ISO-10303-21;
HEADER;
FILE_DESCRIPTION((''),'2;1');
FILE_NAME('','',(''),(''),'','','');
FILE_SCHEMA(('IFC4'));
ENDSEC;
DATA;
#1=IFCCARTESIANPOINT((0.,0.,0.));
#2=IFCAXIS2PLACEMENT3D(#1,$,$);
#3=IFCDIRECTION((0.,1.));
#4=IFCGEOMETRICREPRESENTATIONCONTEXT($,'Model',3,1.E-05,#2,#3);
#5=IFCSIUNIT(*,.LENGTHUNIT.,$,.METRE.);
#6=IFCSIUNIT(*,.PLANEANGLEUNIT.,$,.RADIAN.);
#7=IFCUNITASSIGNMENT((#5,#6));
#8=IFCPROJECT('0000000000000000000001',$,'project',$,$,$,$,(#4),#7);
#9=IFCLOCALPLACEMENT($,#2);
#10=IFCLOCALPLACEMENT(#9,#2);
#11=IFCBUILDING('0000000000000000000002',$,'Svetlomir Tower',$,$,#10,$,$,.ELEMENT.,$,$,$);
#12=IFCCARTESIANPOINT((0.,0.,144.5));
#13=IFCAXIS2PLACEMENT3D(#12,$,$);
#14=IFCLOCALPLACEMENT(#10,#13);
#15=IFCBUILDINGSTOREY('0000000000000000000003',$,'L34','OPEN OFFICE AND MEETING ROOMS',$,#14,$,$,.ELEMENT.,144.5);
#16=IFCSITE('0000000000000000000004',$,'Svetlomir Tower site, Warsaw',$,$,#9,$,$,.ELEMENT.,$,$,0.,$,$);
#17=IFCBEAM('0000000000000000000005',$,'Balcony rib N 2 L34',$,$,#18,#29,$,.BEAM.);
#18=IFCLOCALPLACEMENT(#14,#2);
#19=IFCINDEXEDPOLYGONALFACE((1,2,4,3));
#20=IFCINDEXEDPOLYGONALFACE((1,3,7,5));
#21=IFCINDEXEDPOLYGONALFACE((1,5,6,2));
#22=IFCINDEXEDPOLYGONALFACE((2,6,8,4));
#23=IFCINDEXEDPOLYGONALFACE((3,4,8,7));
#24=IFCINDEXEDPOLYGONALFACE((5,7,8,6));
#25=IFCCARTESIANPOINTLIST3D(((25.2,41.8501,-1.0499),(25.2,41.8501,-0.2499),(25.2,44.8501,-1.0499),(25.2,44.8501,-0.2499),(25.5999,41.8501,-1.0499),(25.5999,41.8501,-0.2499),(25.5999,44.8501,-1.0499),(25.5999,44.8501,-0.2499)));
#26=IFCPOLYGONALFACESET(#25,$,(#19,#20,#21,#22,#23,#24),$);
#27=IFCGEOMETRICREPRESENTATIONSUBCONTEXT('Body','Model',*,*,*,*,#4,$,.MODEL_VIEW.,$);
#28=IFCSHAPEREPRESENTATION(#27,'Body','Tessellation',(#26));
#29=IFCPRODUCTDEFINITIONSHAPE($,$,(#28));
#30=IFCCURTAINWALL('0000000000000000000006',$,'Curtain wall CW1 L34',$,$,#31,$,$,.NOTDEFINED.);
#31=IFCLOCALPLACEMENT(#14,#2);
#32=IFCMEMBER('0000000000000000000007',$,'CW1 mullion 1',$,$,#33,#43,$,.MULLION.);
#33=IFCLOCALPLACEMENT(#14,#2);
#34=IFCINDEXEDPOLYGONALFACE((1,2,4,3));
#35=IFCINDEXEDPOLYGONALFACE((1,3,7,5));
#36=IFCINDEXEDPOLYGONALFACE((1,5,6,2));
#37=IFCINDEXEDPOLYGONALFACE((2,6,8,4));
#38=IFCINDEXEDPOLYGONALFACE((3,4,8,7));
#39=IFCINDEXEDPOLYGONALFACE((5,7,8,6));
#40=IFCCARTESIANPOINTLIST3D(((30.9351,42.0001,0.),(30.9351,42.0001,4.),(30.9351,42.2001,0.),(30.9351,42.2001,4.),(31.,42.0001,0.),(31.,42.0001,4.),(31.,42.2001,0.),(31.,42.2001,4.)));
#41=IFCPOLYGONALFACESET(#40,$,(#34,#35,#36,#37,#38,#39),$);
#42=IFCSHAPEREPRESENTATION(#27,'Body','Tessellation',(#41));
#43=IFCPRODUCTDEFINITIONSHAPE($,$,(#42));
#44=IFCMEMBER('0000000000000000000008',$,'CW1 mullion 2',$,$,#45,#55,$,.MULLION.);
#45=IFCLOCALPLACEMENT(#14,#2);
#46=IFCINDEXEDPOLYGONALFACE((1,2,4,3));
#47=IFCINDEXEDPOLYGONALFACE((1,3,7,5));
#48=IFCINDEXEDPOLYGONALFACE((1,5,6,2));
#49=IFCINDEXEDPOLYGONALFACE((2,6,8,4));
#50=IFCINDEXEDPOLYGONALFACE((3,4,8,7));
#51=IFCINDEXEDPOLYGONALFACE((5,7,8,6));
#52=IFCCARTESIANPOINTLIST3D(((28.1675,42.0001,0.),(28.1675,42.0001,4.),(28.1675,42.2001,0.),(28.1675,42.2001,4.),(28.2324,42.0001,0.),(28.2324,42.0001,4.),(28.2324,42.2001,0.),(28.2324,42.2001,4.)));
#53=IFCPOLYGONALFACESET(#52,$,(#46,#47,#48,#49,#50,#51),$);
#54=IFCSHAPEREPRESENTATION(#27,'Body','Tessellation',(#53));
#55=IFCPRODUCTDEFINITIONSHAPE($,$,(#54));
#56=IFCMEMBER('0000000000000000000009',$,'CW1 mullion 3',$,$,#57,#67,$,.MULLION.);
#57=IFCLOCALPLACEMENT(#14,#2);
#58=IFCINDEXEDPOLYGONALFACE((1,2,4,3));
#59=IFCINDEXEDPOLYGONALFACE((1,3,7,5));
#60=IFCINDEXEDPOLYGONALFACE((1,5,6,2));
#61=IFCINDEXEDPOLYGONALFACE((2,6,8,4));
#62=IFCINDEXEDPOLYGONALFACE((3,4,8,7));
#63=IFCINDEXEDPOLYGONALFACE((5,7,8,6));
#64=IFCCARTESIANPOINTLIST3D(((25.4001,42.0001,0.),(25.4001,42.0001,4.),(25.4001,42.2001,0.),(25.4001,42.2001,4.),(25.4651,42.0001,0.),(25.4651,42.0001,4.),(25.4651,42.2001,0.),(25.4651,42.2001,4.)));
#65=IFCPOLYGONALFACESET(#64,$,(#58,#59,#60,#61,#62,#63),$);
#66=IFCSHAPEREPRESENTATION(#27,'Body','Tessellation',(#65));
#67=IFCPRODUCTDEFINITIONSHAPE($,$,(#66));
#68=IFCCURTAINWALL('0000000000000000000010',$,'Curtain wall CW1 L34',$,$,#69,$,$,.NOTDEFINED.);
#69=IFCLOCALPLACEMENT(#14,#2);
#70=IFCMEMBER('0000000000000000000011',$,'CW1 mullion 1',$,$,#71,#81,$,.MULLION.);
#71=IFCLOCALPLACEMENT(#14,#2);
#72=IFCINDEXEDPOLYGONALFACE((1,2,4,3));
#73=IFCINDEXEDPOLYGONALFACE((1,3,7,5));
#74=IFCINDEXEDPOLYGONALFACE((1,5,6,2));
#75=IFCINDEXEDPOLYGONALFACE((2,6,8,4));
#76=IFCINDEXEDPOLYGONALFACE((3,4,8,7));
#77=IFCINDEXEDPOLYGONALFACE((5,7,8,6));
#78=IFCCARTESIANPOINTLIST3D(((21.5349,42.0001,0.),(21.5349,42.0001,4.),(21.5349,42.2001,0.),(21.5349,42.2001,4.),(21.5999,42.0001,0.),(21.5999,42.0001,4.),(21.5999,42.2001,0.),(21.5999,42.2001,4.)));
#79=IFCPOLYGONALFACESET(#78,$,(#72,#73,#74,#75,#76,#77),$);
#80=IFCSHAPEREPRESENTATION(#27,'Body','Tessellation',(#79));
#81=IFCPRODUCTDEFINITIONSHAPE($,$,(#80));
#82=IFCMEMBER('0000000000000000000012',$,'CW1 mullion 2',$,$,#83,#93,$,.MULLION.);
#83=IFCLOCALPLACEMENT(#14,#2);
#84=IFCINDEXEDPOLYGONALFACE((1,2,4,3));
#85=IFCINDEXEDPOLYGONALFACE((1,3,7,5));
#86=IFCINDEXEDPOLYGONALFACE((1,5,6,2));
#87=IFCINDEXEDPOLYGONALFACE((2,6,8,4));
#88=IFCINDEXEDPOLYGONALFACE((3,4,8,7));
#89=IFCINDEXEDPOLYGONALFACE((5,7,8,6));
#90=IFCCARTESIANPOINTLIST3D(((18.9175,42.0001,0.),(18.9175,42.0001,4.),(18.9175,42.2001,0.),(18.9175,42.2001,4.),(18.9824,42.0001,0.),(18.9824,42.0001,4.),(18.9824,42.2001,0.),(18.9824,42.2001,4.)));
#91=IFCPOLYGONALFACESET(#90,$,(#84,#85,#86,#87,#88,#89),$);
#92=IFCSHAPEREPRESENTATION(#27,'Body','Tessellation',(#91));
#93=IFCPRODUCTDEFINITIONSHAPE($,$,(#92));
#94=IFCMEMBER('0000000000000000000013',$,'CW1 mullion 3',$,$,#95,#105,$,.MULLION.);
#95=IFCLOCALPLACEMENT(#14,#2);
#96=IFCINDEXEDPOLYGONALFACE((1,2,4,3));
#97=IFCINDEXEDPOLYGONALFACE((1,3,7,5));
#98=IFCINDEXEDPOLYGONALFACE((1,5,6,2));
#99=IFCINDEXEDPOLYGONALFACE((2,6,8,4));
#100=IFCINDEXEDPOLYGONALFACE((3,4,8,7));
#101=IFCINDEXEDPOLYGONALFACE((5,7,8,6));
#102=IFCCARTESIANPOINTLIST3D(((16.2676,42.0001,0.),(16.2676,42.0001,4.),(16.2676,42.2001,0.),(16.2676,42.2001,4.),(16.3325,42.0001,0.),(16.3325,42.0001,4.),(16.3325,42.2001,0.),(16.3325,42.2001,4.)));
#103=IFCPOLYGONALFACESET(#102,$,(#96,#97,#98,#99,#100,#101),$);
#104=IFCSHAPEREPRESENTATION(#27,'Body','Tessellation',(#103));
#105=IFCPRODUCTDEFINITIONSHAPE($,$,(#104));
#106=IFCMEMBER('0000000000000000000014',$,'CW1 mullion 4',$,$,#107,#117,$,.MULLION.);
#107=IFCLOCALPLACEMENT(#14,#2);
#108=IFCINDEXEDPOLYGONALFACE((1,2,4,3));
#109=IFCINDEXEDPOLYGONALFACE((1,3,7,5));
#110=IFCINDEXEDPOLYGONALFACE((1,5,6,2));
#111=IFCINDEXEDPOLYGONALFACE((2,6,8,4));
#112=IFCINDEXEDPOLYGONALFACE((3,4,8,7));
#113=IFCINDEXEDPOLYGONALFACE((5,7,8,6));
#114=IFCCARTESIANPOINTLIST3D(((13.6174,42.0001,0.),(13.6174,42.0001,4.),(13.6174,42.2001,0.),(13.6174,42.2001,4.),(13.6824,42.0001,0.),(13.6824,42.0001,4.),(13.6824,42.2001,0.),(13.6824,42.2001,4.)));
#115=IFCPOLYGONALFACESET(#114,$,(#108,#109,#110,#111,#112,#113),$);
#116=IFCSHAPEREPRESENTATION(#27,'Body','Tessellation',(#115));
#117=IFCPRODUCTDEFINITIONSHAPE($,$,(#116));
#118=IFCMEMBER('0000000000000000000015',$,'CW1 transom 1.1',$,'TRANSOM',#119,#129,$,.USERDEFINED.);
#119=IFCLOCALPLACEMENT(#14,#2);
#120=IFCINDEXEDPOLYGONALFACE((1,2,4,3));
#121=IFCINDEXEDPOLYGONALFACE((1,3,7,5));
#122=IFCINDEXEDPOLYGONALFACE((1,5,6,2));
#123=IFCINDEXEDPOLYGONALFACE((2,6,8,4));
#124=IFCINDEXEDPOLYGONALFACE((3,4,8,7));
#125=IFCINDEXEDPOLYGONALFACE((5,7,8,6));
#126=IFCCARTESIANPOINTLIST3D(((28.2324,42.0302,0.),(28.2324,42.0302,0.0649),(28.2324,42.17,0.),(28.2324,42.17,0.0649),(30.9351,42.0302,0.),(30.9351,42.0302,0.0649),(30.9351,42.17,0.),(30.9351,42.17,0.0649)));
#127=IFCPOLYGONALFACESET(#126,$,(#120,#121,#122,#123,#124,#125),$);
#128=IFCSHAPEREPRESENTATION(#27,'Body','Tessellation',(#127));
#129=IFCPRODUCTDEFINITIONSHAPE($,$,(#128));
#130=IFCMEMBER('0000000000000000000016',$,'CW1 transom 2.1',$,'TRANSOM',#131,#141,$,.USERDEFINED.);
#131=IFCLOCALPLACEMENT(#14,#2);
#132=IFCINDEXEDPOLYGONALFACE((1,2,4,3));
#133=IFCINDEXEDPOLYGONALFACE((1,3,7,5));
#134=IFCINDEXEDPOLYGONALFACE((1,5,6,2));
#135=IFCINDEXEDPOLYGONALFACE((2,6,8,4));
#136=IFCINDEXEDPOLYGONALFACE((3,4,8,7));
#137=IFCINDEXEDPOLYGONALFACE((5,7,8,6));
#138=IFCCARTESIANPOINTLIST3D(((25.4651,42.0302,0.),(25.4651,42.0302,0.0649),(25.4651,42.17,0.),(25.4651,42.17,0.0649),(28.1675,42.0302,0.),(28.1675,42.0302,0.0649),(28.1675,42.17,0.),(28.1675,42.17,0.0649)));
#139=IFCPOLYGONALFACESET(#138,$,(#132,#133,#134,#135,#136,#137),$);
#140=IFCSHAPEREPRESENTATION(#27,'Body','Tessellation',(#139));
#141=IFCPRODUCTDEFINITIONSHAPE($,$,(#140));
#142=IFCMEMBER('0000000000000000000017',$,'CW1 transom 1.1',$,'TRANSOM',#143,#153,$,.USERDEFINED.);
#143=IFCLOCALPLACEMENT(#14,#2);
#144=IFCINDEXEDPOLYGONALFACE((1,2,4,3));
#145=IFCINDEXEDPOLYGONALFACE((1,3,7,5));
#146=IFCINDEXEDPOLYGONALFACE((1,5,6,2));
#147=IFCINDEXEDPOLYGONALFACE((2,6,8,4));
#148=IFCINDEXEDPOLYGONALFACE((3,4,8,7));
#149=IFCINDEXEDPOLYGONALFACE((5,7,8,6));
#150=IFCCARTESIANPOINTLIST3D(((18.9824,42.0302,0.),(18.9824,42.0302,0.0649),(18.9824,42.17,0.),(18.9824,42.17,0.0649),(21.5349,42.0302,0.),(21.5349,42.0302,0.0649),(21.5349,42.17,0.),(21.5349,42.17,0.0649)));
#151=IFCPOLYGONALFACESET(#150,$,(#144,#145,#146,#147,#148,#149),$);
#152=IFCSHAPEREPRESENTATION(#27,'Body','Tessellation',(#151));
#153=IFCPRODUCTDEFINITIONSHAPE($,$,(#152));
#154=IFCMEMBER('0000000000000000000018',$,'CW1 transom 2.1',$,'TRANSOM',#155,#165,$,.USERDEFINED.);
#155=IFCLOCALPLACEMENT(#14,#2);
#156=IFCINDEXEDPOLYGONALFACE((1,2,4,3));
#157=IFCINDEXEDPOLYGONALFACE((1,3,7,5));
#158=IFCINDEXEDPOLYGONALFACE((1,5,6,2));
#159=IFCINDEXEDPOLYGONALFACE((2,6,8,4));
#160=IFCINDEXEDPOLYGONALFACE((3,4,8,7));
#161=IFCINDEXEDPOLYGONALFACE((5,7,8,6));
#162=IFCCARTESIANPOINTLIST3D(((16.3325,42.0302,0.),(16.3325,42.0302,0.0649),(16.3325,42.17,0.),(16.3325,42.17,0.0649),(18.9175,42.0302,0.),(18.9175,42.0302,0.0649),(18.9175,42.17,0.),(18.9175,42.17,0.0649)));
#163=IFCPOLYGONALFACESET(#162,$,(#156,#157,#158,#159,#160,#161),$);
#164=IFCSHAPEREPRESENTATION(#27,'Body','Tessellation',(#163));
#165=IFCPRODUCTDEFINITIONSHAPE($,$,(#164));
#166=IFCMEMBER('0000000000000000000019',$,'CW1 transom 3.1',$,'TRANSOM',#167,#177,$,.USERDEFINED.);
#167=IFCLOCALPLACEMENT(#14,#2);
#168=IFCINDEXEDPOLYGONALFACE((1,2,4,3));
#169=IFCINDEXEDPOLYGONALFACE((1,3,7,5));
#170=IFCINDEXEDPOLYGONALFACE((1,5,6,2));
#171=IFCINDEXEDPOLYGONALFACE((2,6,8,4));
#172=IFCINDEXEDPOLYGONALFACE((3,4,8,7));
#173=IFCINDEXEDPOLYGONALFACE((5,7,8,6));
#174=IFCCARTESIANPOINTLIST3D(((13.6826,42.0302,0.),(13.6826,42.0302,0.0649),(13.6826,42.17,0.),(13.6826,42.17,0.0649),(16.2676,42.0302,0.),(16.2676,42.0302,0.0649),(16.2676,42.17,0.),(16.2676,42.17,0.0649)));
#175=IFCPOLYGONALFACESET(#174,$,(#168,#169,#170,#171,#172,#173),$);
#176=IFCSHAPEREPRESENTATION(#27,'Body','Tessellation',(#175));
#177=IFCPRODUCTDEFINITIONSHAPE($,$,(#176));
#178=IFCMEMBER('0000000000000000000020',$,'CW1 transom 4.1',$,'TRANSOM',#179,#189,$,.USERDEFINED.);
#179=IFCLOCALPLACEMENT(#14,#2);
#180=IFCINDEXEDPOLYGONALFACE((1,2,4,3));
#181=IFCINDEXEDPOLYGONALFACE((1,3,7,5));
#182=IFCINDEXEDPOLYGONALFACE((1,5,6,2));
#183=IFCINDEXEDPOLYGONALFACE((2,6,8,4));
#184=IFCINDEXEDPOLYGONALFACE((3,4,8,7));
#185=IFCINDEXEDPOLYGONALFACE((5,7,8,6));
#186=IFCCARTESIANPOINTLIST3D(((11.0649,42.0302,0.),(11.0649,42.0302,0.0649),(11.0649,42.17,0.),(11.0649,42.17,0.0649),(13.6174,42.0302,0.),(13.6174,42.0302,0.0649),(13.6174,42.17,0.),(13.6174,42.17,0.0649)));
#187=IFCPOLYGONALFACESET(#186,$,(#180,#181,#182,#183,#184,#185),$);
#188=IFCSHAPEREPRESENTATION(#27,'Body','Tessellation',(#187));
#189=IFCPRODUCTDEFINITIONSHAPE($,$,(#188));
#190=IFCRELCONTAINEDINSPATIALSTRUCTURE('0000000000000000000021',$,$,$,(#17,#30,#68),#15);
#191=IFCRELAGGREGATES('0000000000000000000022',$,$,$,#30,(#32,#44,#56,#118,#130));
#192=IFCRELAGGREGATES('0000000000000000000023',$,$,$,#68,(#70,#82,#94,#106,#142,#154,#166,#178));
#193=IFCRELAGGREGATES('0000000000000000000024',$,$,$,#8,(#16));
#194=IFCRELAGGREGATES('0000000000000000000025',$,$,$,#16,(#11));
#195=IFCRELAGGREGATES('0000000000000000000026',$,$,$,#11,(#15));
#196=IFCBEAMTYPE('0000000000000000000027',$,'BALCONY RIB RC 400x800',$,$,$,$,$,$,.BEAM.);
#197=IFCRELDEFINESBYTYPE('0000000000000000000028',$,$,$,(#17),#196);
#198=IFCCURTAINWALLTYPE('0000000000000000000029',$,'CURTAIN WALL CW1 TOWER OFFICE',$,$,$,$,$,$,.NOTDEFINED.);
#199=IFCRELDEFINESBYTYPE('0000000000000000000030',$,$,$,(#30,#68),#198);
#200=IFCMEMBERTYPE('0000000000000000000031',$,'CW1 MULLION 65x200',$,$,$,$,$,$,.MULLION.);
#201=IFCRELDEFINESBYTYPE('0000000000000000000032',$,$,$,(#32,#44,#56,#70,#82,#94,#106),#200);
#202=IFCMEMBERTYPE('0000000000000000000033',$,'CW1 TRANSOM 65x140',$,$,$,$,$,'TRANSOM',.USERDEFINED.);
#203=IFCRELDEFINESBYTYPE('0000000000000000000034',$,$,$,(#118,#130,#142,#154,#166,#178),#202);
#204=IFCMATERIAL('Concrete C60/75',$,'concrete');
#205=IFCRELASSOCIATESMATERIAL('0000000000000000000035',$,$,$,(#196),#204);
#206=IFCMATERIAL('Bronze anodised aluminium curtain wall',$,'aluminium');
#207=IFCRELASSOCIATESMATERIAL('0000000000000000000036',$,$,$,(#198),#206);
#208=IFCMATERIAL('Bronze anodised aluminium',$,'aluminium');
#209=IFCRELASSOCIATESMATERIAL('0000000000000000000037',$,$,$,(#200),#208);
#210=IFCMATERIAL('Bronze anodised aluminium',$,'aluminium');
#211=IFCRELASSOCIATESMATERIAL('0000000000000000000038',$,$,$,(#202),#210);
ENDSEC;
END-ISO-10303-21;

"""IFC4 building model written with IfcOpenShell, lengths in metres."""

from ifc_helpers import new_model, si_unit, direction, frame, origin, origin_2d, place, context, subcontext, project, spatial, rectangle, extrude, material, material_profile, profile_set, type_object, element, aggregate, save


model = new_model("IFC4")

# Units and contexts
model_context = context("Model", 3, precision=1e-05, world=origin(), true_north=direction((0.0, 1.0)))
body_context = subcontext(model_context, "Body", "Model", "MODEL_VIEW")
ifc_project = project(units=[si_unit("LENGTHUNIT", "METRE"), si_unit("PLANEANGLEUNIT", "RADIAN")], contexts=[model_context])

# Site, building, storey
site_placement = place(None, origin())
site = spatial("IfcSite", under=ifc_project, at=site_placement, Name="Svetlomir Tower site, Warsaw", CompositionType="ELEMENT", RefElevation=0.0)
building_placement = place(site_placement, origin())
building = spatial("IfcBuilding", under=site, at=building_placement, Name="Svetlomir Tower", CompositionType="ELEMENT")
storey_placement = place(building_placement, frame((0.0, 0.0, 144.5)))
storey = spatial("IfcBuildingStorey", under=building, at=storey_placement, Name="L34", Description="OPEN OFFICE AND MEETING ROOMS", CompositionType="ELEMENT", Elevation=144.5)

# Beam
ifc_material_1 = material(Name="Concrete C60/75", Category="concrete")
ifc_material_profile_1 = material_profile(ifc_material_1, rectangle(XDim=0.3999, YDim=0.8, at=origin_2d()), Name="RC 400x800")
ifc_profile_set_1 = profile_set([ifc_material_profile_1], Name="Concrete C60/75")
beam_type_1 = type_object("IfcBeamType", Name="BALCONY RIB RC 400x800", PredefinedType="BEAM", material=ifc_profile_set_1)
beam_1_placement = place(storey_placement, frame((25.3999, 41.8501, -0.6499), z_axis=(0.0, 1.0, 0.0), x_axis=(-1.0, 0.0, 0.0)))
element("IfcBeam", 1, at=beam_1_placement, inside=storey, type_object=beam_type_1, Name="Balcony rib N 2 L34", PredefinedType="BEAM", context=body_context, shape_type="SweptSolid", body=[
    extrude(rectangle(XDim=0.3999, YDim=0.8, at=origin_2d()), origin(), (0.0, 0.0, 1.0), 3.0),
])

# Curtain walls, members
ifc_material_2 = material(Name="Bronze anodised aluminium curtain wall", Category="aluminium")
curtain_wall_type = type_object("IfcCurtainWallType", Name="CURTAIN WALL CW1 TOWER OFFICE", PredefinedType="NOTDEFINED", material=ifc_material_2)
curtain_wall_1_placement = place(storey_placement, origin())
curtain_wall_1 = element("IfcCurtainWall", 2, at=curtain_wall_1_placement, inside=storey, type_object=curtain_wall_type, Name="Curtain wall CW1 L34", PredefinedType="NOTDEFINED")
ifc_material_3 = material(Name="Bronze anodised aluminium", Category="aluminium")
ifc_material_profile_2 = material_profile(ifc_material_3, rectangle(XDim=0.0649, YDim=0.2, at=origin_2d()), Name="AL 65x200")
ifc_profile_set_2 = profile_set([ifc_material_profile_2], Name="Bronze anodised aluminium 6063-T6")
member_type_1 = type_object("IfcMemberType", Name="CW1 MULLION 65x200", PredefinedType="MULLION", material=ifc_profile_set_2)
member_1_placement = place(storey_placement, frame((30.9675, 42.1001, 0.0), z_axis=(0.0, 0.0, 1.0), x_axis=(-1.0, 0.0, 0.0)))
member_1 = element("IfcMember", 3, at=member_1_placement, type_object=member_type_1, Name="CW1 mullion 1", PredefinedType="MULLION", context=body_context, shape_type="SweptSolid", body=[
    extrude(rectangle(XDim=0.0649, YDim=0.2, at=origin_2d()), origin(), (0.0, 0.0, 1.0), 4.0),
])
member_2_placement = place(storey_placement, frame((28.2, 42.1001, 0.0), z_axis=(0.0, 0.0, 1.0), x_axis=(-1.0, 0.0, 0.0)))
member_2 = element("IfcMember", 4, at=member_2_placement, type_object=member_type_1, Name="CW1 mullion 2", PredefinedType="MULLION", context=body_context, shape_type="SweptSolid", body=[
    extrude(rectangle(XDim=0.0649, YDim=0.2, at=origin_2d()), origin(), (0.0, 0.0, 1.0), 4.0),
])
member_3_placement = place(storey_placement, frame((25.4326, 42.1001, 0.0), z_axis=(0.0, 0.0, 1.0), x_axis=(-1.0, 0.0, 0.0)))
member_3 = element("IfcMember", 5, at=member_3_placement, type_object=member_type_1, Name="CW1 mullion 3", PredefinedType="MULLION", context=body_context, shape_type="SweptSolid", body=[
    extrude(rectangle(XDim=0.0649, YDim=0.2, at=origin_2d()), origin(), (0.0, 0.0, 1.0), 4.0),
])
curtain_wall_2_placement = place(storey_placement, origin())
curtain_wall_2 = element("IfcCurtainWall", 6, at=curtain_wall_2_placement, inside=storey, type_object=curtain_wall_type, Name="Curtain wall CW1 L34", PredefinedType="NOTDEFINED")
member_4_placement = place(storey_placement, frame((21.5674, 42.1001, 0.0), z_axis=(0.0, 0.0, 1.0), x_axis=(-1.0, 0.0, 0.0)))
member_4 = element("IfcMember", 7, at=member_4_placement, type_object=member_type_1, Name="CW1 mullion 1", PredefinedType="MULLION", context=body_context, shape_type="SweptSolid", body=[
    extrude(rectangle(XDim=0.0649, YDim=0.2, at=origin_2d()), origin(), (0.0, 0.0, 1.0), 4.0),
])
member_5_placement = place(storey_placement, frame((18.95, 42.1001, 0.0), z_axis=(0.0, 0.0, 1.0), x_axis=(-1.0, 0.0, 0.0)))
member_5 = element("IfcMember", 8, at=member_5_placement, type_object=member_type_1, Name="CW1 mullion 2", PredefinedType="MULLION", context=body_context, shape_type="SweptSolid", body=[
    extrude(rectangle(XDim=0.0649, YDim=0.2, at=origin_2d()), origin(), (0.0, 0.0, 1.0), 4.0),
])
member_6_placement = place(storey_placement, frame((16.3, 42.1001, 0.0), z_axis=(0.0, 0.0, 1.0), x_axis=(-1.0, 0.0, 0.0)))
member_6 = element("IfcMember", 9, at=member_6_placement, type_object=member_type_1, Name="CW1 mullion 3", PredefinedType="MULLION", context=body_context, shape_type="SweptSolid", body=[
    extrude(rectangle(XDim=0.0649, YDim=0.2, at=origin_2d()), origin(), (0.0, 0.0, 1.0), 4.0),
])
member_7_placement = place(storey_placement, frame((13.6499, 42.1001, 0.0), z_axis=(0.0, 0.0, 1.0), x_axis=(-1.0, 0.0, 0.0)))
member_7 = element("IfcMember", 10, at=member_7_placement, type_object=member_type_1, Name="CW1 mullion 4", PredefinedType="MULLION", context=body_context, shape_type="SweptSolid", body=[
    extrude(rectangle(XDim=0.0649, YDim=0.2, at=origin_2d()), origin(), (0.0, 0.0, 1.0), 4.0),
])

# Members
ifc_material_4 = material(Name="Bronze anodised aluminium", Category="aluminium")
ifc_material_profile_3 = material_profile(ifc_material_4, rectangle(XDim=0.1399, YDim=0.0649, at=origin_2d()), Name="AL 140x65")
ifc_profile_set_3 = profile_set([ifc_material_profile_3], Name="Bronze anodised aluminium 6063-T6")
member_type_2 = type_object("IfcMemberType", Name="CW1 TRANSOM 65x140", ElementType="TRANSOM", PredefinedType="USERDEFINED", material=ifc_profile_set_3)
member_8_placement = place(storey_placement, frame((30.9351, 42.1001, 0.0325), z_axis=(-1.0, 0.0, 0.0), x_axis=(0.0, -1.0, 0.0)))
member_8 = element("IfcMember", 11, at=member_8_placement, type_object=member_type_2, Name="CW1 transom 1.1", ObjectType="TRANSOM", PredefinedType="USERDEFINED", context=body_context, shape_type="SweptSolid", body=[
    extrude(rectangle(XDim=0.1399, YDim=0.0649, at=origin_2d()), origin(), (0.0, 0.0, 1.0), 2.7026),
])
member_9_placement = place(storey_placement, frame((28.1675, 42.1001, 0.0325), z_axis=(-1.0, 0.0, 0.0), x_axis=(0.0, -1.0, 0.0)))
member_9 = element("IfcMember", 12, at=member_9_placement, type_object=member_type_2, Name="CW1 transom 2.1", ObjectType="TRANSOM", PredefinedType="USERDEFINED", context=body_context, shape_type="SweptSolid", body=[
    extrude(rectangle(XDim=0.1399, YDim=0.0649, at=origin_2d()), origin(), (0.0, 0.0, 1.0), 2.7024),
])
member_10_placement = place(storey_placement, frame((21.5349, 42.1001, 0.0325), z_axis=(-1.0, 0.0, 0.0), x_axis=(0.0, -1.0, 0.0)))
member_10 = element("IfcMember", 13, at=member_10_placement, type_object=member_type_2, Name="CW1 transom 1.1", ObjectType="TRANSOM", PredefinedType="USERDEFINED", context=body_context, shape_type="SweptSolid", body=[
    extrude(rectangle(XDim=0.1399, YDim=0.0649, at=origin_2d()), origin(), (0.0, 0.0, 1.0), 2.5525),
])
member_11_placement = place(storey_placement, frame((18.9175, 42.1001, 0.0325), z_axis=(-1.0, 0.0, 0.0), x_axis=(0.0, -1.0, 0.0)))
member_11 = element("IfcMember", 14, at=member_11_placement, type_object=member_type_2, Name="CW1 transom 2.1", ObjectType="TRANSOM", PredefinedType="USERDEFINED", context=body_context, shape_type="SweptSolid", body=[
    extrude(rectangle(XDim=0.1399, YDim=0.0649, at=origin_2d()), origin(), (0.0, 0.0, 1.0), 2.585),
])
member_12_placement = place(storey_placement, frame((16.2676, 42.1001, 0.0325), z_axis=(-1.0, 0.0, 0.0), x_axis=(0.0, -1.0, 0.0)))
member_12 = element("IfcMember", 15, at=member_12_placement, type_object=member_type_2, Name="CW1 transom 3.1", ObjectType="TRANSOM", PredefinedType="USERDEFINED", context=body_context, shape_type="SweptSolid", body=[
    extrude(rectangle(XDim=0.1399, YDim=0.0649, at=origin_2d()), origin(), (0.0, 0.0, 1.0), 2.585),
])
member_13_placement = place(storey_placement, frame((13.6174, 42.1001, 0.0325), z_axis=(-1.0, 0.0, 0.0), x_axis=(0.0, -1.0, 0.0)))
member_13 = element("IfcMember", 16, at=member_13_placement, type_object=member_type_2, Name="CW1 transom 4.1", ObjectType="TRANSOM", PredefinedType="USERDEFINED", context=body_context, shape_type="SweptSolid", body=[
    extrude(rectangle(XDim=0.1399, YDim=0.0649, at=origin_2d()), origin(), (0.0, 0.0, 1.0), 2.5525),
])

aggregate(curtain_wall_1, [member_1, member_2, member_3, member_8, member_9])
aggregate(curtain_wall_2, [member_4, member_5, member_6, member_7, member_10, member_11, member_12, member_13])

save(model, "model.ifc")
